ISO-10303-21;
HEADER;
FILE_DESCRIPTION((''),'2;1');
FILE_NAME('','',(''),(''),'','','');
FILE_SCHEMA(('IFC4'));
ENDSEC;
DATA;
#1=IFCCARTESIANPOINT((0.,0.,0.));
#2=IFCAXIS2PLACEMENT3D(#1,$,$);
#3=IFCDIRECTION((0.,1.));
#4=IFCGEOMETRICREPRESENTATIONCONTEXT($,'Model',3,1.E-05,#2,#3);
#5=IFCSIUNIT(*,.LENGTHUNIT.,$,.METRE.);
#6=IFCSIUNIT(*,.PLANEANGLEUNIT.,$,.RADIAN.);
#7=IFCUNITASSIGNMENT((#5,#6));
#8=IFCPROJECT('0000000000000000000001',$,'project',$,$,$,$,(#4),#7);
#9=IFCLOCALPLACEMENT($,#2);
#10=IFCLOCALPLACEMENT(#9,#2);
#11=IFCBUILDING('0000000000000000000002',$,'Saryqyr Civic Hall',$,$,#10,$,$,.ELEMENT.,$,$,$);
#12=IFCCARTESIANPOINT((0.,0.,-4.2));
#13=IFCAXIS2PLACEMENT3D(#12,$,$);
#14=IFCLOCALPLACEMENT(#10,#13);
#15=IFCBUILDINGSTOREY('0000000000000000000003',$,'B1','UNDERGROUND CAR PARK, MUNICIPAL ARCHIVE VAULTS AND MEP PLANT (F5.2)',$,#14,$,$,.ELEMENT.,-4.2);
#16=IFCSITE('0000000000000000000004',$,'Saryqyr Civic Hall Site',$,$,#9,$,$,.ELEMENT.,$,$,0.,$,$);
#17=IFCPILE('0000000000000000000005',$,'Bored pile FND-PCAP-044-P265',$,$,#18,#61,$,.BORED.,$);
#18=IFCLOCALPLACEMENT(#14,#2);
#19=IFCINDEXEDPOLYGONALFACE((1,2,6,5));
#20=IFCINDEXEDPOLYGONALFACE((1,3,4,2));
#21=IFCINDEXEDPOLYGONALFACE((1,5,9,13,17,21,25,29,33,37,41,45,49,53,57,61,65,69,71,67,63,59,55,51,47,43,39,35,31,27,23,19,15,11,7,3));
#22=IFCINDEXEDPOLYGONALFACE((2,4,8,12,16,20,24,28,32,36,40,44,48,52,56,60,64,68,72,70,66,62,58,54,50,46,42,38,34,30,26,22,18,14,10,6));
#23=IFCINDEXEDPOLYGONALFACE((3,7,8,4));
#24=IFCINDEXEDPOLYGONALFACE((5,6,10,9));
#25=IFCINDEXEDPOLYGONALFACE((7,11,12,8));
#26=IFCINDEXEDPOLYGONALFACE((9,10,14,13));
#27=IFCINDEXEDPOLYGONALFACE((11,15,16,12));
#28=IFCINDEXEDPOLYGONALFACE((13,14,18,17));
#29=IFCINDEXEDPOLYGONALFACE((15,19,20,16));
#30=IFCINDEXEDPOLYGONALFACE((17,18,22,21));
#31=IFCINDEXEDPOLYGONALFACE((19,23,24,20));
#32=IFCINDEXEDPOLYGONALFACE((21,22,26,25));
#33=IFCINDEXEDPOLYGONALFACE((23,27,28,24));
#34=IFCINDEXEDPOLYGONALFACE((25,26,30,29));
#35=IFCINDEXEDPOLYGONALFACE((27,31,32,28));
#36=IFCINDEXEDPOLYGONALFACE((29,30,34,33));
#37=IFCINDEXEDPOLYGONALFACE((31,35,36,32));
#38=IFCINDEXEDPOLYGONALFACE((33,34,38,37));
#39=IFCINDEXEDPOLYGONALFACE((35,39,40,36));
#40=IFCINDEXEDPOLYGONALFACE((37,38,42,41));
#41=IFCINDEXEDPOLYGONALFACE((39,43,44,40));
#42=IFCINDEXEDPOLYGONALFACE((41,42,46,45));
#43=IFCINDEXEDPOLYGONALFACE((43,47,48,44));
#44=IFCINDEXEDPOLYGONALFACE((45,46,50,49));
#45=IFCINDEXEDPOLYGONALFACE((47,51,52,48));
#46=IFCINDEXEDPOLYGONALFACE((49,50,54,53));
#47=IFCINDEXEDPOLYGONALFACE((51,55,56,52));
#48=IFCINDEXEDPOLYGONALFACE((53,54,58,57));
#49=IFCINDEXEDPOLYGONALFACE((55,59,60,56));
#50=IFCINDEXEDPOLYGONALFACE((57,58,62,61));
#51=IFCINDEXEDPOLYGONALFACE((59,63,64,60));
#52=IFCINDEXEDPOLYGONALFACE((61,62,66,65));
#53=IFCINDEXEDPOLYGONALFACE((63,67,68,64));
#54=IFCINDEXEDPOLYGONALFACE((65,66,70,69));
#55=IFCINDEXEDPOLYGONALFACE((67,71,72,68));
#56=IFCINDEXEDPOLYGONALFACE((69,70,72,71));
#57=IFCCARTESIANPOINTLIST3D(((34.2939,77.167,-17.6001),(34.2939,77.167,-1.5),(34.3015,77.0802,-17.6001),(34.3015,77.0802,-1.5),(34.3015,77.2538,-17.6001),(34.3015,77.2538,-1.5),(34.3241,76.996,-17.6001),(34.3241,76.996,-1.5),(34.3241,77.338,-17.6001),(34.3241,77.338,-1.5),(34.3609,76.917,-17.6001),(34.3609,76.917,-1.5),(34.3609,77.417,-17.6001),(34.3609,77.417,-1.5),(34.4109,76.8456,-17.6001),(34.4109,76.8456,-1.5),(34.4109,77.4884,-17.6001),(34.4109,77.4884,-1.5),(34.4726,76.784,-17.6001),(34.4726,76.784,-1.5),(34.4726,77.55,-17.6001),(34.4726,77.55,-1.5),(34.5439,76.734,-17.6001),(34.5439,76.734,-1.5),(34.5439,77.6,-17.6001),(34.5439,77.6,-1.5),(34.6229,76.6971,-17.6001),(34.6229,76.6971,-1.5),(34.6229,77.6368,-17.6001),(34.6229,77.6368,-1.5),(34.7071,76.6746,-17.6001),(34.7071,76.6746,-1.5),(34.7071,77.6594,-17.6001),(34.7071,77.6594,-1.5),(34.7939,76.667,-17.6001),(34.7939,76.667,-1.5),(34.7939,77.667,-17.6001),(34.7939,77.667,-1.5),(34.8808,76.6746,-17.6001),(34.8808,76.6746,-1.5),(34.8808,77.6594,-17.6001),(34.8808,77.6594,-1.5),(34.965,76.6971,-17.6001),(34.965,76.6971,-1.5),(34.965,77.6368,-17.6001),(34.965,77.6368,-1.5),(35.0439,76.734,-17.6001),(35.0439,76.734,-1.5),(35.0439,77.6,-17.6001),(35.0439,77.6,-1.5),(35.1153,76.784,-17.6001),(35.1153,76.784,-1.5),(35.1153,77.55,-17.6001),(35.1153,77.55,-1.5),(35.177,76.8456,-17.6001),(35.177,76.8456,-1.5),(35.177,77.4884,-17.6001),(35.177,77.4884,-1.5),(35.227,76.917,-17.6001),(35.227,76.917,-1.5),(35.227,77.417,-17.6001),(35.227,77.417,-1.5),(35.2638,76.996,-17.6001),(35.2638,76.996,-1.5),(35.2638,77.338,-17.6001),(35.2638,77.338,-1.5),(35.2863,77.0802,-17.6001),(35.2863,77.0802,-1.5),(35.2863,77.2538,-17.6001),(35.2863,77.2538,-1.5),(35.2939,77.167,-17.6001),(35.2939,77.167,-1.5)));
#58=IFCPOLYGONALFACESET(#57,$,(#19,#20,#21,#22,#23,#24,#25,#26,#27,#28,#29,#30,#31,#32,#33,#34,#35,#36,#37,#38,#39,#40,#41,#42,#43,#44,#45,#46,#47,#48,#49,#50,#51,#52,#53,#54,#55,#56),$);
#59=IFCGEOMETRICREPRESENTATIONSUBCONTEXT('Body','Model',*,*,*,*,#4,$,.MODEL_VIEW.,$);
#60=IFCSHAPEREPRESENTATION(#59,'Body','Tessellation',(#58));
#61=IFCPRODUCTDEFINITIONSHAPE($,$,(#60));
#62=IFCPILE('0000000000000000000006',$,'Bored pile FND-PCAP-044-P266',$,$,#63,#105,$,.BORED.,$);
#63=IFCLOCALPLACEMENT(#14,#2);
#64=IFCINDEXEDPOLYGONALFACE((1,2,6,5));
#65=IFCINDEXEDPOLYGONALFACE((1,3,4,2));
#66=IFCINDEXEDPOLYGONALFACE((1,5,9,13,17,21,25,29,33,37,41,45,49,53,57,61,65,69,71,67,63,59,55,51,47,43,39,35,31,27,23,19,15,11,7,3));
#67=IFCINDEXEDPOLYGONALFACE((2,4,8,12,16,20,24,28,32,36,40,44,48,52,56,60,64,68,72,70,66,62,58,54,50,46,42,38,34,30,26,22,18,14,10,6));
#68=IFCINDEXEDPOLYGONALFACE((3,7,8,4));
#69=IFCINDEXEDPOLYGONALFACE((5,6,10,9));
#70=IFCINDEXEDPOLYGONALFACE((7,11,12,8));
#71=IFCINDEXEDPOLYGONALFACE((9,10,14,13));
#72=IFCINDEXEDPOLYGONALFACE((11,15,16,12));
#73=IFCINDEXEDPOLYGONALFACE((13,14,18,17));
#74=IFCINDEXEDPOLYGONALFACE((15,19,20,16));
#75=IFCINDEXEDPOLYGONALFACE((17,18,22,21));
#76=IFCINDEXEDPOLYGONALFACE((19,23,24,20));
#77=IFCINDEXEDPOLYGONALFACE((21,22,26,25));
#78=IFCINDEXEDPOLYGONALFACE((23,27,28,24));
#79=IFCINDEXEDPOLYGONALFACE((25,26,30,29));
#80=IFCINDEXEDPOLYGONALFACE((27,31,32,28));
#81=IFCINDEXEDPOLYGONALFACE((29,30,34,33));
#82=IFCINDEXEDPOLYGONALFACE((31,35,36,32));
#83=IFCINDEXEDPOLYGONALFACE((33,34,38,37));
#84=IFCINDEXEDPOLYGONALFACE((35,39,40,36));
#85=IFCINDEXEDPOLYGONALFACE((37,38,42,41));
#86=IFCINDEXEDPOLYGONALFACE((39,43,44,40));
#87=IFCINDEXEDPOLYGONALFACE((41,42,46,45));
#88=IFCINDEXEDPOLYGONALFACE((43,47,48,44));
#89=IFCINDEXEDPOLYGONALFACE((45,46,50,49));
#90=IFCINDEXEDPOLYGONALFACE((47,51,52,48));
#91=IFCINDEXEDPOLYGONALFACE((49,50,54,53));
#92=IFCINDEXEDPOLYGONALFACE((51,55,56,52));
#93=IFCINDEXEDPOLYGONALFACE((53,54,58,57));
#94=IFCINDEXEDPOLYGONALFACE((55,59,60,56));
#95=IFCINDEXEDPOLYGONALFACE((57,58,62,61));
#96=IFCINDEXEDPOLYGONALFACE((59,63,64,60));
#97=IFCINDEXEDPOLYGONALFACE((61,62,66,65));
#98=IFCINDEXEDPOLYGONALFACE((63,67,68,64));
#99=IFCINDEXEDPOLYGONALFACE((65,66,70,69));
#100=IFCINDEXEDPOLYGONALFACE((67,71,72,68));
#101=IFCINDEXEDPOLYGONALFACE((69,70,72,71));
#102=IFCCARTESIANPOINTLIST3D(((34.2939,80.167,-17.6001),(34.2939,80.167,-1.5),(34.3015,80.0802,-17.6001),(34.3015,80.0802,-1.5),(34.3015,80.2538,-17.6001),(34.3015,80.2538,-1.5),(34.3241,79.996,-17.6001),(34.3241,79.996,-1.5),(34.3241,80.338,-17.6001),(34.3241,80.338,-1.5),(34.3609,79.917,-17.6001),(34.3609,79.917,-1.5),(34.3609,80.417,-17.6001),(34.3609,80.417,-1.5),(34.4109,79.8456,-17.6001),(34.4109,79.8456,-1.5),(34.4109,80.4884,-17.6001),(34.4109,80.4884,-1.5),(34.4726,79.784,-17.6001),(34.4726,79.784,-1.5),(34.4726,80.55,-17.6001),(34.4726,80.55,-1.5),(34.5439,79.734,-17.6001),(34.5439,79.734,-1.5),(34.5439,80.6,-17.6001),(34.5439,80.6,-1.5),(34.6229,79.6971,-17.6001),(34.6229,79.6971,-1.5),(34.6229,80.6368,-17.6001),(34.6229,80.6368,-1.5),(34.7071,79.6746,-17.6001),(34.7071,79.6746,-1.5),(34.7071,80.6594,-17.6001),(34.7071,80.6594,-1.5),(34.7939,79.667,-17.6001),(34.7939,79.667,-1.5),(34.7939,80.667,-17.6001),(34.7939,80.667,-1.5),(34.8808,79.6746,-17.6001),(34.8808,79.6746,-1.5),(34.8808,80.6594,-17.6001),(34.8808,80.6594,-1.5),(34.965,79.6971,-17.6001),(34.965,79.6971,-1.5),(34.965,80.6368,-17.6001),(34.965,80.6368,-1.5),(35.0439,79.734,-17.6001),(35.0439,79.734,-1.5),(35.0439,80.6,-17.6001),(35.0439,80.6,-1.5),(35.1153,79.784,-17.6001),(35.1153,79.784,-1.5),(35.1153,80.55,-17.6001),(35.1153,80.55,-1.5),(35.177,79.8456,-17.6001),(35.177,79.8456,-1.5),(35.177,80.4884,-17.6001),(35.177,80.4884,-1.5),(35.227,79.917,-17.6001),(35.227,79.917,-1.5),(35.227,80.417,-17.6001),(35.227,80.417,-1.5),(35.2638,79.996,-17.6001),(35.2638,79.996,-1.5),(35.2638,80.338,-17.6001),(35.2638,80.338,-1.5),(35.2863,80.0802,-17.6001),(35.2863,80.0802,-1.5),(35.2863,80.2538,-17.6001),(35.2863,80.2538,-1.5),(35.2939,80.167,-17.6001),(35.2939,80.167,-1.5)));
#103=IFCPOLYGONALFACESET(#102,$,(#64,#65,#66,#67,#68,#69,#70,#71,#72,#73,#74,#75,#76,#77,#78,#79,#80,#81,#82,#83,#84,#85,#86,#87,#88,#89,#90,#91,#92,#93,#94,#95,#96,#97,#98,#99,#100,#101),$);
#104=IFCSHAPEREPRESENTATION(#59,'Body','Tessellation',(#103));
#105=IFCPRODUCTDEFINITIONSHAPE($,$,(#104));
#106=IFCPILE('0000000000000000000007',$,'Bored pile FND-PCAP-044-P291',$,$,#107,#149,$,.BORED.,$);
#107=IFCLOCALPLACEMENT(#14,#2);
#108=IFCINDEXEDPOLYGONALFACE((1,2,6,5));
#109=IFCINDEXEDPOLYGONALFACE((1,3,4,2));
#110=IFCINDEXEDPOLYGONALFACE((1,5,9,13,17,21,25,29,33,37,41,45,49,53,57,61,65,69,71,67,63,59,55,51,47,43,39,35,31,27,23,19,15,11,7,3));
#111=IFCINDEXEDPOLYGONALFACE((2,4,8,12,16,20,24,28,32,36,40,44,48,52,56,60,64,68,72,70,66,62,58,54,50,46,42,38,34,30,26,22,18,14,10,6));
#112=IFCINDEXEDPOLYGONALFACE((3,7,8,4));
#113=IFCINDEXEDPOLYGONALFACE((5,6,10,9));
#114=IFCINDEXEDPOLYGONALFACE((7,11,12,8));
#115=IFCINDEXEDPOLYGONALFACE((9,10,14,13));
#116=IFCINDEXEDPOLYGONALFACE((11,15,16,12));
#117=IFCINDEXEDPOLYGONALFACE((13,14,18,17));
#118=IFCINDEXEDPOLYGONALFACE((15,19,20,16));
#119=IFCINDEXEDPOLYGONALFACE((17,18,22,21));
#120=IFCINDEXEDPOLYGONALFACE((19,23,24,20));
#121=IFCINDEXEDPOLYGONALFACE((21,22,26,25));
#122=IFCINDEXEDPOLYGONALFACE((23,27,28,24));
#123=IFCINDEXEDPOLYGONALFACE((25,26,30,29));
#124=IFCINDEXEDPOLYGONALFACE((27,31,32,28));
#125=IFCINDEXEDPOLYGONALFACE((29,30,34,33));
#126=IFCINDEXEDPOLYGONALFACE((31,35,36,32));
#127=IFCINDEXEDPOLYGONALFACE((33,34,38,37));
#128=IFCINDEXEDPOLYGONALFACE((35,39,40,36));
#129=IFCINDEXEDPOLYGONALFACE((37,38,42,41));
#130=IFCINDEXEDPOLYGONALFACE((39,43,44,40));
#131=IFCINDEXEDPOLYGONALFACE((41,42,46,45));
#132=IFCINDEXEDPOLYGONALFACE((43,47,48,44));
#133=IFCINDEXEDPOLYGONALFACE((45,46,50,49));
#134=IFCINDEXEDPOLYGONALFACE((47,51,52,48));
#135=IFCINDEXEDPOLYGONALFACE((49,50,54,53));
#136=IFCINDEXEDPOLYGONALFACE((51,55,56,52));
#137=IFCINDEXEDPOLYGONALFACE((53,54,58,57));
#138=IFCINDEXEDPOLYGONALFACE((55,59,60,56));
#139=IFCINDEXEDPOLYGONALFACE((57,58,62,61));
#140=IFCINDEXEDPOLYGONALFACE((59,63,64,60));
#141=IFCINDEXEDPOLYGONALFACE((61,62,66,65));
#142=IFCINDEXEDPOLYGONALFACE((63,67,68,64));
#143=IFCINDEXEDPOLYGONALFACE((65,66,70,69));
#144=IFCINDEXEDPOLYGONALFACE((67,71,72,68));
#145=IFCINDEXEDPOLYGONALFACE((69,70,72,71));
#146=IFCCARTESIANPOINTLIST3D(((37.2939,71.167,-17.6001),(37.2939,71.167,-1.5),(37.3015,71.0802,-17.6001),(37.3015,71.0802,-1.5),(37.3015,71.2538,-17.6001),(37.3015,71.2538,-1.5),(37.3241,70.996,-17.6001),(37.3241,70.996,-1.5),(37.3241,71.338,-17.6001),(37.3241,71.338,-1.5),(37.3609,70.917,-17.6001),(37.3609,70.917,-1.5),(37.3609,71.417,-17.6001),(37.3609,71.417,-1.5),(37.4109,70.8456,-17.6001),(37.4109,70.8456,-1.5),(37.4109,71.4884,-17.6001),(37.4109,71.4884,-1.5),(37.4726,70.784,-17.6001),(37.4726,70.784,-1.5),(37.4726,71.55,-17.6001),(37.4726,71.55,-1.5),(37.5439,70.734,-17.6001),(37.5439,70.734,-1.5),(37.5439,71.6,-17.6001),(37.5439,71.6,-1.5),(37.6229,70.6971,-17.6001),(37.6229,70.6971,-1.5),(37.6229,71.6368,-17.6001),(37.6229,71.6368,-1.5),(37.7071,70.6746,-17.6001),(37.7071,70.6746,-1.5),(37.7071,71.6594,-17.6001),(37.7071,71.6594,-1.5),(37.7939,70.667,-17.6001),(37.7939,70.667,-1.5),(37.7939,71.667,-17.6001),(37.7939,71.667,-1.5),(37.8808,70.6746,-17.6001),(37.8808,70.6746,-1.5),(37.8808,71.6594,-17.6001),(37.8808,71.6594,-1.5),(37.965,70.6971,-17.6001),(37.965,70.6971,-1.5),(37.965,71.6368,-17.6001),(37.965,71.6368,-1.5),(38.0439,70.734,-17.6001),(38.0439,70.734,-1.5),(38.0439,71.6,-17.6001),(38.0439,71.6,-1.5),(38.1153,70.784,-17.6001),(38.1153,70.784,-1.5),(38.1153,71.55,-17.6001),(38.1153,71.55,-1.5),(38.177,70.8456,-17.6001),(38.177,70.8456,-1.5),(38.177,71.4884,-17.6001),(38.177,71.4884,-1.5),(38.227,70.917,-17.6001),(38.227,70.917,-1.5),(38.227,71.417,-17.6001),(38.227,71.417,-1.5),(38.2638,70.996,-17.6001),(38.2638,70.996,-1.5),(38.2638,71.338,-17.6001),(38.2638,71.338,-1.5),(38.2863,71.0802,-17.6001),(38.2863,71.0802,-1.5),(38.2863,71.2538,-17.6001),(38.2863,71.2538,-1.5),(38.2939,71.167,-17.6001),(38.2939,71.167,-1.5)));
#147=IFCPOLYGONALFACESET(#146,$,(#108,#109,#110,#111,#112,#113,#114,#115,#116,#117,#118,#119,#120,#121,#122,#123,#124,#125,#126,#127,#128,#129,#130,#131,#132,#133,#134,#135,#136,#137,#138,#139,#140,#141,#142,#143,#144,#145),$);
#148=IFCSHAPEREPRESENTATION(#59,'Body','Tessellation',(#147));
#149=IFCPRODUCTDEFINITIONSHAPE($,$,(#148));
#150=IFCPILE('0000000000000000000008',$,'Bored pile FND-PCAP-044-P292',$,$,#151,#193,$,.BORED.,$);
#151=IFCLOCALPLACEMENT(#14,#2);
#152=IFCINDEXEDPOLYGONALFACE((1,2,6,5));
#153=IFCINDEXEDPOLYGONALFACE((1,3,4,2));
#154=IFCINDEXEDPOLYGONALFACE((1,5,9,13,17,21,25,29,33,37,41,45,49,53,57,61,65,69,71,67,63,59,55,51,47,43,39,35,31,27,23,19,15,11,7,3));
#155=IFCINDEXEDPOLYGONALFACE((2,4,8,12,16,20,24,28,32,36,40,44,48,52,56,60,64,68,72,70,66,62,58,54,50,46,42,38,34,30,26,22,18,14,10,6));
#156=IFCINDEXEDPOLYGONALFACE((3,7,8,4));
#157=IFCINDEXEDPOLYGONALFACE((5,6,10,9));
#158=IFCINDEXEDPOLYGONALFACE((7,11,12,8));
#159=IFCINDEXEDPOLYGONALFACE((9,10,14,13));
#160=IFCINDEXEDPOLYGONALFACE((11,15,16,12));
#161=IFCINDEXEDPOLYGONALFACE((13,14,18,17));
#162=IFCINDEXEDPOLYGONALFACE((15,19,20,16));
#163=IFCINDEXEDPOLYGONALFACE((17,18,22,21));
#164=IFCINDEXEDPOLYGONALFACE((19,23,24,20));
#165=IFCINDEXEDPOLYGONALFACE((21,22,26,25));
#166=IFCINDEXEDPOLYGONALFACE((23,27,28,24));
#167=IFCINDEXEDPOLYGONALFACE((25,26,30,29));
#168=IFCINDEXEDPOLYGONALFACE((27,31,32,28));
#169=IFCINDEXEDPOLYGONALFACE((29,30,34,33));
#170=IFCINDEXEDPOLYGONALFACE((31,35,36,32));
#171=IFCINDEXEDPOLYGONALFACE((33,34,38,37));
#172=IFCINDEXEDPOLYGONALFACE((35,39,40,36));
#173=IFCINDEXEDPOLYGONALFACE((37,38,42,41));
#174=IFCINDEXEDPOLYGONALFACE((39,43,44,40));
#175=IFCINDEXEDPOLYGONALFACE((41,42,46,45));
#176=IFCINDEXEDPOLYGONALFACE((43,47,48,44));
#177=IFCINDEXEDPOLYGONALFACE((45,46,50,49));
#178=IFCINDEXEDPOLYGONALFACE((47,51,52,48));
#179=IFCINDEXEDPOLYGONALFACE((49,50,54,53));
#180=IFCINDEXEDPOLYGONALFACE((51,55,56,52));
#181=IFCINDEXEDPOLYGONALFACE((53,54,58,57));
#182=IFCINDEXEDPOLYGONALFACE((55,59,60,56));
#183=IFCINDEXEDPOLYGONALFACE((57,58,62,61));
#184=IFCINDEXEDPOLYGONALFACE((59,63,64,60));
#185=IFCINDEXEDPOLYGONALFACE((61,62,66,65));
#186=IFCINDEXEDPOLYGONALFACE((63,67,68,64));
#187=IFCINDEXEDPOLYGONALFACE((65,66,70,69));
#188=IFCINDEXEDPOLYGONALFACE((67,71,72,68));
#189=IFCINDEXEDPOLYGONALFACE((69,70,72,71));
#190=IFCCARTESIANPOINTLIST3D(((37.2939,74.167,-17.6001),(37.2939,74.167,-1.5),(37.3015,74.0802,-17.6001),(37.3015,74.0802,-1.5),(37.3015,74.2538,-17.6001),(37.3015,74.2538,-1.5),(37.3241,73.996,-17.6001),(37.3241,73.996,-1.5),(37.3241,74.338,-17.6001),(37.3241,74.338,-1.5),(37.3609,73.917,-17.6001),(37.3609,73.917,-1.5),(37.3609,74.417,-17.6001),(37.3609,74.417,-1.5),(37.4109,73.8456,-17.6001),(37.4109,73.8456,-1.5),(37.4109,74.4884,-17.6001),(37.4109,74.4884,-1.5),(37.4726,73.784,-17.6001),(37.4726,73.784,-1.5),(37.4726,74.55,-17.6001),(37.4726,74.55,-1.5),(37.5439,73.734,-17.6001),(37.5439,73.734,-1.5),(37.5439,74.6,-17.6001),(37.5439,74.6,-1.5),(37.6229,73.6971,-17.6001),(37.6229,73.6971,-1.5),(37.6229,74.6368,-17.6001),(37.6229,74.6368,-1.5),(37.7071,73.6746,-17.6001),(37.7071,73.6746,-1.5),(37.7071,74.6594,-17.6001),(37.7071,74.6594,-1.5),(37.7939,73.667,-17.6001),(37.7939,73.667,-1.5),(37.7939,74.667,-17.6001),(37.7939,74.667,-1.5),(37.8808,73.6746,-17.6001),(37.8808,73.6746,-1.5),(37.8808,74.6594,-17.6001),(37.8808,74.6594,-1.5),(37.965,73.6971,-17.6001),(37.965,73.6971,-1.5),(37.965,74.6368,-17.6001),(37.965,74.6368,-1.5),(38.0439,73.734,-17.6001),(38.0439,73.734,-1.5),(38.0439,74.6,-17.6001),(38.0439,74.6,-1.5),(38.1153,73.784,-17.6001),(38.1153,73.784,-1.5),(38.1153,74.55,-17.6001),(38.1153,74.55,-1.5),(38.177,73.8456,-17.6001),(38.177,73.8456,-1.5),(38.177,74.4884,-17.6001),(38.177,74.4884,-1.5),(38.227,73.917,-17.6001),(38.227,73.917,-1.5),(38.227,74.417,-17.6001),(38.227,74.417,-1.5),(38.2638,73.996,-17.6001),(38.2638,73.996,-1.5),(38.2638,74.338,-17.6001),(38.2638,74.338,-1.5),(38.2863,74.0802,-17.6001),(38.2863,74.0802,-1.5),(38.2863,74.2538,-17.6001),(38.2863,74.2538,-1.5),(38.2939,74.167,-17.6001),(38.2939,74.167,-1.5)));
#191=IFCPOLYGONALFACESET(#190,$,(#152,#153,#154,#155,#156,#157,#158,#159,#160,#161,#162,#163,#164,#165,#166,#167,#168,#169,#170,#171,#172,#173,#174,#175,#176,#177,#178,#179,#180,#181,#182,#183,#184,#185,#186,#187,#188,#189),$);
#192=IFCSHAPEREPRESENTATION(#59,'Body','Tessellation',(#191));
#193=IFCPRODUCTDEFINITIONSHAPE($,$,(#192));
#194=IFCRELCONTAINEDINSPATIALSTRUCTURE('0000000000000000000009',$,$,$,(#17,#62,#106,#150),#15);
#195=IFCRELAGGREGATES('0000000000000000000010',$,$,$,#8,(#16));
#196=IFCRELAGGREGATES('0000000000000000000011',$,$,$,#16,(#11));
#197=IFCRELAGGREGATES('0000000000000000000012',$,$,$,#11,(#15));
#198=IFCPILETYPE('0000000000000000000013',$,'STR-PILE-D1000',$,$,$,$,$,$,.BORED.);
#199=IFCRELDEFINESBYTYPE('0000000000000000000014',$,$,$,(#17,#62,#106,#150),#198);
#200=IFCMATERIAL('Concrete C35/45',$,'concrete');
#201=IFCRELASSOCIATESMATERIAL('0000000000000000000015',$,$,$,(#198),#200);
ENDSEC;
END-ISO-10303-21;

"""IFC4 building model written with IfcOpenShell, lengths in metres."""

from ifc_helpers import new_model, si_unit, direction, frame, origin, origin_2d, place, context, subcontext, project, spatial, circle, extrude, material, material_profile, profile_set, type_object, element, save


model = new_model("IFC4")

# Units and contexts
model_context = context("Model", 3, precision=1e-05, world=origin(), true_north=direction((0.0, 1.0)))
body_context = subcontext(model_context, "Body", "Model", "MODEL_VIEW")
ifc_project = project(units=[si_unit("LENGTHUNIT", "METRE"), si_unit("PLANEANGLEUNIT", "RADIAN")], contexts=[model_context])

# Site, building, storey
site_placement = place(None, origin())
site = spatial("IfcSite", under=ifc_project, at=site_placement, Name="Saryqyr Civic Hall Site", CompositionType="ELEMENT", RefElevation=0.0)
building_placement = place(site_placement, origin())
building = spatial("IfcBuilding", under=site, at=building_placement, Name="Saryqyr Civic Hall", CompositionType="ELEMENT")
storey_placement = place(building_placement, frame((0.0, 0.0, -4.2)))
storey = spatial("IfcBuildingStorey", under=building, at=storey_placement, Name="B1", Description="UNDERGROUND CAR PARK, MUNICIPAL ARCHIVE VAULTS AND MEP PLANT (F5.2)", CompositionType="ELEMENT", Elevation=-4.2)

# Piles
ifc_material_1 = material(Name="Concrete C35/45", Category="concrete")
ifc_material_profile_1 = material_profile(ifc_material_1, circle(Radius=0.5, at=origin_2d()), Name="BORED PILE D1000")
ifc_profile_set_1 = profile_set([ifc_material_profile_1], Name="Concrete C35/45")
pile_type = type_object("IfcPileType", Name="STR-PILE-D1000", PredefinedType="BORED", material=ifc_profile_set_1)
for number, where, z_axis, x_axis, name in (
    (1, (34.7939, 77.167, -1.5), (0.0, 0.0, -1.0), (1.0, 0.0, 0.0), "Bored pile FND-PCAP-044-P265"),
    (2, (34.7939, 80.167, -1.5), (0.0, 0.0, -1.0), (1.0, 0.0, 0.0), "Bored pile FND-PCAP-044-P266"),
    (3, (37.7939, 71.167, -1.5), (0.0, 0.0, -1.0), (1.0, 0.0, 0.0), "Bored pile FND-PCAP-044-P291"),
    (4, (37.7939, 74.167, -1.5), (0.0, 0.0, -1.0), (1.0, 0.0, 0.0), "Bored pile FND-PCAP-044-P292"),
):
    element("IfcPile", number, at=place(storey_placement, frame(where, z_axis=z_axis, x_axis=x_axis)), inside=storey, type_object=pile_type, Name=name, PredefinedType="BORED", context=body_context, shape_type="SweptSolid", body=[
        extrude(circle(Radius=0.5, at=origin_2d()), origin(), (0.0, 0.0, 1.0), 16.1001),
    ])

save(model, "model.ifc")
